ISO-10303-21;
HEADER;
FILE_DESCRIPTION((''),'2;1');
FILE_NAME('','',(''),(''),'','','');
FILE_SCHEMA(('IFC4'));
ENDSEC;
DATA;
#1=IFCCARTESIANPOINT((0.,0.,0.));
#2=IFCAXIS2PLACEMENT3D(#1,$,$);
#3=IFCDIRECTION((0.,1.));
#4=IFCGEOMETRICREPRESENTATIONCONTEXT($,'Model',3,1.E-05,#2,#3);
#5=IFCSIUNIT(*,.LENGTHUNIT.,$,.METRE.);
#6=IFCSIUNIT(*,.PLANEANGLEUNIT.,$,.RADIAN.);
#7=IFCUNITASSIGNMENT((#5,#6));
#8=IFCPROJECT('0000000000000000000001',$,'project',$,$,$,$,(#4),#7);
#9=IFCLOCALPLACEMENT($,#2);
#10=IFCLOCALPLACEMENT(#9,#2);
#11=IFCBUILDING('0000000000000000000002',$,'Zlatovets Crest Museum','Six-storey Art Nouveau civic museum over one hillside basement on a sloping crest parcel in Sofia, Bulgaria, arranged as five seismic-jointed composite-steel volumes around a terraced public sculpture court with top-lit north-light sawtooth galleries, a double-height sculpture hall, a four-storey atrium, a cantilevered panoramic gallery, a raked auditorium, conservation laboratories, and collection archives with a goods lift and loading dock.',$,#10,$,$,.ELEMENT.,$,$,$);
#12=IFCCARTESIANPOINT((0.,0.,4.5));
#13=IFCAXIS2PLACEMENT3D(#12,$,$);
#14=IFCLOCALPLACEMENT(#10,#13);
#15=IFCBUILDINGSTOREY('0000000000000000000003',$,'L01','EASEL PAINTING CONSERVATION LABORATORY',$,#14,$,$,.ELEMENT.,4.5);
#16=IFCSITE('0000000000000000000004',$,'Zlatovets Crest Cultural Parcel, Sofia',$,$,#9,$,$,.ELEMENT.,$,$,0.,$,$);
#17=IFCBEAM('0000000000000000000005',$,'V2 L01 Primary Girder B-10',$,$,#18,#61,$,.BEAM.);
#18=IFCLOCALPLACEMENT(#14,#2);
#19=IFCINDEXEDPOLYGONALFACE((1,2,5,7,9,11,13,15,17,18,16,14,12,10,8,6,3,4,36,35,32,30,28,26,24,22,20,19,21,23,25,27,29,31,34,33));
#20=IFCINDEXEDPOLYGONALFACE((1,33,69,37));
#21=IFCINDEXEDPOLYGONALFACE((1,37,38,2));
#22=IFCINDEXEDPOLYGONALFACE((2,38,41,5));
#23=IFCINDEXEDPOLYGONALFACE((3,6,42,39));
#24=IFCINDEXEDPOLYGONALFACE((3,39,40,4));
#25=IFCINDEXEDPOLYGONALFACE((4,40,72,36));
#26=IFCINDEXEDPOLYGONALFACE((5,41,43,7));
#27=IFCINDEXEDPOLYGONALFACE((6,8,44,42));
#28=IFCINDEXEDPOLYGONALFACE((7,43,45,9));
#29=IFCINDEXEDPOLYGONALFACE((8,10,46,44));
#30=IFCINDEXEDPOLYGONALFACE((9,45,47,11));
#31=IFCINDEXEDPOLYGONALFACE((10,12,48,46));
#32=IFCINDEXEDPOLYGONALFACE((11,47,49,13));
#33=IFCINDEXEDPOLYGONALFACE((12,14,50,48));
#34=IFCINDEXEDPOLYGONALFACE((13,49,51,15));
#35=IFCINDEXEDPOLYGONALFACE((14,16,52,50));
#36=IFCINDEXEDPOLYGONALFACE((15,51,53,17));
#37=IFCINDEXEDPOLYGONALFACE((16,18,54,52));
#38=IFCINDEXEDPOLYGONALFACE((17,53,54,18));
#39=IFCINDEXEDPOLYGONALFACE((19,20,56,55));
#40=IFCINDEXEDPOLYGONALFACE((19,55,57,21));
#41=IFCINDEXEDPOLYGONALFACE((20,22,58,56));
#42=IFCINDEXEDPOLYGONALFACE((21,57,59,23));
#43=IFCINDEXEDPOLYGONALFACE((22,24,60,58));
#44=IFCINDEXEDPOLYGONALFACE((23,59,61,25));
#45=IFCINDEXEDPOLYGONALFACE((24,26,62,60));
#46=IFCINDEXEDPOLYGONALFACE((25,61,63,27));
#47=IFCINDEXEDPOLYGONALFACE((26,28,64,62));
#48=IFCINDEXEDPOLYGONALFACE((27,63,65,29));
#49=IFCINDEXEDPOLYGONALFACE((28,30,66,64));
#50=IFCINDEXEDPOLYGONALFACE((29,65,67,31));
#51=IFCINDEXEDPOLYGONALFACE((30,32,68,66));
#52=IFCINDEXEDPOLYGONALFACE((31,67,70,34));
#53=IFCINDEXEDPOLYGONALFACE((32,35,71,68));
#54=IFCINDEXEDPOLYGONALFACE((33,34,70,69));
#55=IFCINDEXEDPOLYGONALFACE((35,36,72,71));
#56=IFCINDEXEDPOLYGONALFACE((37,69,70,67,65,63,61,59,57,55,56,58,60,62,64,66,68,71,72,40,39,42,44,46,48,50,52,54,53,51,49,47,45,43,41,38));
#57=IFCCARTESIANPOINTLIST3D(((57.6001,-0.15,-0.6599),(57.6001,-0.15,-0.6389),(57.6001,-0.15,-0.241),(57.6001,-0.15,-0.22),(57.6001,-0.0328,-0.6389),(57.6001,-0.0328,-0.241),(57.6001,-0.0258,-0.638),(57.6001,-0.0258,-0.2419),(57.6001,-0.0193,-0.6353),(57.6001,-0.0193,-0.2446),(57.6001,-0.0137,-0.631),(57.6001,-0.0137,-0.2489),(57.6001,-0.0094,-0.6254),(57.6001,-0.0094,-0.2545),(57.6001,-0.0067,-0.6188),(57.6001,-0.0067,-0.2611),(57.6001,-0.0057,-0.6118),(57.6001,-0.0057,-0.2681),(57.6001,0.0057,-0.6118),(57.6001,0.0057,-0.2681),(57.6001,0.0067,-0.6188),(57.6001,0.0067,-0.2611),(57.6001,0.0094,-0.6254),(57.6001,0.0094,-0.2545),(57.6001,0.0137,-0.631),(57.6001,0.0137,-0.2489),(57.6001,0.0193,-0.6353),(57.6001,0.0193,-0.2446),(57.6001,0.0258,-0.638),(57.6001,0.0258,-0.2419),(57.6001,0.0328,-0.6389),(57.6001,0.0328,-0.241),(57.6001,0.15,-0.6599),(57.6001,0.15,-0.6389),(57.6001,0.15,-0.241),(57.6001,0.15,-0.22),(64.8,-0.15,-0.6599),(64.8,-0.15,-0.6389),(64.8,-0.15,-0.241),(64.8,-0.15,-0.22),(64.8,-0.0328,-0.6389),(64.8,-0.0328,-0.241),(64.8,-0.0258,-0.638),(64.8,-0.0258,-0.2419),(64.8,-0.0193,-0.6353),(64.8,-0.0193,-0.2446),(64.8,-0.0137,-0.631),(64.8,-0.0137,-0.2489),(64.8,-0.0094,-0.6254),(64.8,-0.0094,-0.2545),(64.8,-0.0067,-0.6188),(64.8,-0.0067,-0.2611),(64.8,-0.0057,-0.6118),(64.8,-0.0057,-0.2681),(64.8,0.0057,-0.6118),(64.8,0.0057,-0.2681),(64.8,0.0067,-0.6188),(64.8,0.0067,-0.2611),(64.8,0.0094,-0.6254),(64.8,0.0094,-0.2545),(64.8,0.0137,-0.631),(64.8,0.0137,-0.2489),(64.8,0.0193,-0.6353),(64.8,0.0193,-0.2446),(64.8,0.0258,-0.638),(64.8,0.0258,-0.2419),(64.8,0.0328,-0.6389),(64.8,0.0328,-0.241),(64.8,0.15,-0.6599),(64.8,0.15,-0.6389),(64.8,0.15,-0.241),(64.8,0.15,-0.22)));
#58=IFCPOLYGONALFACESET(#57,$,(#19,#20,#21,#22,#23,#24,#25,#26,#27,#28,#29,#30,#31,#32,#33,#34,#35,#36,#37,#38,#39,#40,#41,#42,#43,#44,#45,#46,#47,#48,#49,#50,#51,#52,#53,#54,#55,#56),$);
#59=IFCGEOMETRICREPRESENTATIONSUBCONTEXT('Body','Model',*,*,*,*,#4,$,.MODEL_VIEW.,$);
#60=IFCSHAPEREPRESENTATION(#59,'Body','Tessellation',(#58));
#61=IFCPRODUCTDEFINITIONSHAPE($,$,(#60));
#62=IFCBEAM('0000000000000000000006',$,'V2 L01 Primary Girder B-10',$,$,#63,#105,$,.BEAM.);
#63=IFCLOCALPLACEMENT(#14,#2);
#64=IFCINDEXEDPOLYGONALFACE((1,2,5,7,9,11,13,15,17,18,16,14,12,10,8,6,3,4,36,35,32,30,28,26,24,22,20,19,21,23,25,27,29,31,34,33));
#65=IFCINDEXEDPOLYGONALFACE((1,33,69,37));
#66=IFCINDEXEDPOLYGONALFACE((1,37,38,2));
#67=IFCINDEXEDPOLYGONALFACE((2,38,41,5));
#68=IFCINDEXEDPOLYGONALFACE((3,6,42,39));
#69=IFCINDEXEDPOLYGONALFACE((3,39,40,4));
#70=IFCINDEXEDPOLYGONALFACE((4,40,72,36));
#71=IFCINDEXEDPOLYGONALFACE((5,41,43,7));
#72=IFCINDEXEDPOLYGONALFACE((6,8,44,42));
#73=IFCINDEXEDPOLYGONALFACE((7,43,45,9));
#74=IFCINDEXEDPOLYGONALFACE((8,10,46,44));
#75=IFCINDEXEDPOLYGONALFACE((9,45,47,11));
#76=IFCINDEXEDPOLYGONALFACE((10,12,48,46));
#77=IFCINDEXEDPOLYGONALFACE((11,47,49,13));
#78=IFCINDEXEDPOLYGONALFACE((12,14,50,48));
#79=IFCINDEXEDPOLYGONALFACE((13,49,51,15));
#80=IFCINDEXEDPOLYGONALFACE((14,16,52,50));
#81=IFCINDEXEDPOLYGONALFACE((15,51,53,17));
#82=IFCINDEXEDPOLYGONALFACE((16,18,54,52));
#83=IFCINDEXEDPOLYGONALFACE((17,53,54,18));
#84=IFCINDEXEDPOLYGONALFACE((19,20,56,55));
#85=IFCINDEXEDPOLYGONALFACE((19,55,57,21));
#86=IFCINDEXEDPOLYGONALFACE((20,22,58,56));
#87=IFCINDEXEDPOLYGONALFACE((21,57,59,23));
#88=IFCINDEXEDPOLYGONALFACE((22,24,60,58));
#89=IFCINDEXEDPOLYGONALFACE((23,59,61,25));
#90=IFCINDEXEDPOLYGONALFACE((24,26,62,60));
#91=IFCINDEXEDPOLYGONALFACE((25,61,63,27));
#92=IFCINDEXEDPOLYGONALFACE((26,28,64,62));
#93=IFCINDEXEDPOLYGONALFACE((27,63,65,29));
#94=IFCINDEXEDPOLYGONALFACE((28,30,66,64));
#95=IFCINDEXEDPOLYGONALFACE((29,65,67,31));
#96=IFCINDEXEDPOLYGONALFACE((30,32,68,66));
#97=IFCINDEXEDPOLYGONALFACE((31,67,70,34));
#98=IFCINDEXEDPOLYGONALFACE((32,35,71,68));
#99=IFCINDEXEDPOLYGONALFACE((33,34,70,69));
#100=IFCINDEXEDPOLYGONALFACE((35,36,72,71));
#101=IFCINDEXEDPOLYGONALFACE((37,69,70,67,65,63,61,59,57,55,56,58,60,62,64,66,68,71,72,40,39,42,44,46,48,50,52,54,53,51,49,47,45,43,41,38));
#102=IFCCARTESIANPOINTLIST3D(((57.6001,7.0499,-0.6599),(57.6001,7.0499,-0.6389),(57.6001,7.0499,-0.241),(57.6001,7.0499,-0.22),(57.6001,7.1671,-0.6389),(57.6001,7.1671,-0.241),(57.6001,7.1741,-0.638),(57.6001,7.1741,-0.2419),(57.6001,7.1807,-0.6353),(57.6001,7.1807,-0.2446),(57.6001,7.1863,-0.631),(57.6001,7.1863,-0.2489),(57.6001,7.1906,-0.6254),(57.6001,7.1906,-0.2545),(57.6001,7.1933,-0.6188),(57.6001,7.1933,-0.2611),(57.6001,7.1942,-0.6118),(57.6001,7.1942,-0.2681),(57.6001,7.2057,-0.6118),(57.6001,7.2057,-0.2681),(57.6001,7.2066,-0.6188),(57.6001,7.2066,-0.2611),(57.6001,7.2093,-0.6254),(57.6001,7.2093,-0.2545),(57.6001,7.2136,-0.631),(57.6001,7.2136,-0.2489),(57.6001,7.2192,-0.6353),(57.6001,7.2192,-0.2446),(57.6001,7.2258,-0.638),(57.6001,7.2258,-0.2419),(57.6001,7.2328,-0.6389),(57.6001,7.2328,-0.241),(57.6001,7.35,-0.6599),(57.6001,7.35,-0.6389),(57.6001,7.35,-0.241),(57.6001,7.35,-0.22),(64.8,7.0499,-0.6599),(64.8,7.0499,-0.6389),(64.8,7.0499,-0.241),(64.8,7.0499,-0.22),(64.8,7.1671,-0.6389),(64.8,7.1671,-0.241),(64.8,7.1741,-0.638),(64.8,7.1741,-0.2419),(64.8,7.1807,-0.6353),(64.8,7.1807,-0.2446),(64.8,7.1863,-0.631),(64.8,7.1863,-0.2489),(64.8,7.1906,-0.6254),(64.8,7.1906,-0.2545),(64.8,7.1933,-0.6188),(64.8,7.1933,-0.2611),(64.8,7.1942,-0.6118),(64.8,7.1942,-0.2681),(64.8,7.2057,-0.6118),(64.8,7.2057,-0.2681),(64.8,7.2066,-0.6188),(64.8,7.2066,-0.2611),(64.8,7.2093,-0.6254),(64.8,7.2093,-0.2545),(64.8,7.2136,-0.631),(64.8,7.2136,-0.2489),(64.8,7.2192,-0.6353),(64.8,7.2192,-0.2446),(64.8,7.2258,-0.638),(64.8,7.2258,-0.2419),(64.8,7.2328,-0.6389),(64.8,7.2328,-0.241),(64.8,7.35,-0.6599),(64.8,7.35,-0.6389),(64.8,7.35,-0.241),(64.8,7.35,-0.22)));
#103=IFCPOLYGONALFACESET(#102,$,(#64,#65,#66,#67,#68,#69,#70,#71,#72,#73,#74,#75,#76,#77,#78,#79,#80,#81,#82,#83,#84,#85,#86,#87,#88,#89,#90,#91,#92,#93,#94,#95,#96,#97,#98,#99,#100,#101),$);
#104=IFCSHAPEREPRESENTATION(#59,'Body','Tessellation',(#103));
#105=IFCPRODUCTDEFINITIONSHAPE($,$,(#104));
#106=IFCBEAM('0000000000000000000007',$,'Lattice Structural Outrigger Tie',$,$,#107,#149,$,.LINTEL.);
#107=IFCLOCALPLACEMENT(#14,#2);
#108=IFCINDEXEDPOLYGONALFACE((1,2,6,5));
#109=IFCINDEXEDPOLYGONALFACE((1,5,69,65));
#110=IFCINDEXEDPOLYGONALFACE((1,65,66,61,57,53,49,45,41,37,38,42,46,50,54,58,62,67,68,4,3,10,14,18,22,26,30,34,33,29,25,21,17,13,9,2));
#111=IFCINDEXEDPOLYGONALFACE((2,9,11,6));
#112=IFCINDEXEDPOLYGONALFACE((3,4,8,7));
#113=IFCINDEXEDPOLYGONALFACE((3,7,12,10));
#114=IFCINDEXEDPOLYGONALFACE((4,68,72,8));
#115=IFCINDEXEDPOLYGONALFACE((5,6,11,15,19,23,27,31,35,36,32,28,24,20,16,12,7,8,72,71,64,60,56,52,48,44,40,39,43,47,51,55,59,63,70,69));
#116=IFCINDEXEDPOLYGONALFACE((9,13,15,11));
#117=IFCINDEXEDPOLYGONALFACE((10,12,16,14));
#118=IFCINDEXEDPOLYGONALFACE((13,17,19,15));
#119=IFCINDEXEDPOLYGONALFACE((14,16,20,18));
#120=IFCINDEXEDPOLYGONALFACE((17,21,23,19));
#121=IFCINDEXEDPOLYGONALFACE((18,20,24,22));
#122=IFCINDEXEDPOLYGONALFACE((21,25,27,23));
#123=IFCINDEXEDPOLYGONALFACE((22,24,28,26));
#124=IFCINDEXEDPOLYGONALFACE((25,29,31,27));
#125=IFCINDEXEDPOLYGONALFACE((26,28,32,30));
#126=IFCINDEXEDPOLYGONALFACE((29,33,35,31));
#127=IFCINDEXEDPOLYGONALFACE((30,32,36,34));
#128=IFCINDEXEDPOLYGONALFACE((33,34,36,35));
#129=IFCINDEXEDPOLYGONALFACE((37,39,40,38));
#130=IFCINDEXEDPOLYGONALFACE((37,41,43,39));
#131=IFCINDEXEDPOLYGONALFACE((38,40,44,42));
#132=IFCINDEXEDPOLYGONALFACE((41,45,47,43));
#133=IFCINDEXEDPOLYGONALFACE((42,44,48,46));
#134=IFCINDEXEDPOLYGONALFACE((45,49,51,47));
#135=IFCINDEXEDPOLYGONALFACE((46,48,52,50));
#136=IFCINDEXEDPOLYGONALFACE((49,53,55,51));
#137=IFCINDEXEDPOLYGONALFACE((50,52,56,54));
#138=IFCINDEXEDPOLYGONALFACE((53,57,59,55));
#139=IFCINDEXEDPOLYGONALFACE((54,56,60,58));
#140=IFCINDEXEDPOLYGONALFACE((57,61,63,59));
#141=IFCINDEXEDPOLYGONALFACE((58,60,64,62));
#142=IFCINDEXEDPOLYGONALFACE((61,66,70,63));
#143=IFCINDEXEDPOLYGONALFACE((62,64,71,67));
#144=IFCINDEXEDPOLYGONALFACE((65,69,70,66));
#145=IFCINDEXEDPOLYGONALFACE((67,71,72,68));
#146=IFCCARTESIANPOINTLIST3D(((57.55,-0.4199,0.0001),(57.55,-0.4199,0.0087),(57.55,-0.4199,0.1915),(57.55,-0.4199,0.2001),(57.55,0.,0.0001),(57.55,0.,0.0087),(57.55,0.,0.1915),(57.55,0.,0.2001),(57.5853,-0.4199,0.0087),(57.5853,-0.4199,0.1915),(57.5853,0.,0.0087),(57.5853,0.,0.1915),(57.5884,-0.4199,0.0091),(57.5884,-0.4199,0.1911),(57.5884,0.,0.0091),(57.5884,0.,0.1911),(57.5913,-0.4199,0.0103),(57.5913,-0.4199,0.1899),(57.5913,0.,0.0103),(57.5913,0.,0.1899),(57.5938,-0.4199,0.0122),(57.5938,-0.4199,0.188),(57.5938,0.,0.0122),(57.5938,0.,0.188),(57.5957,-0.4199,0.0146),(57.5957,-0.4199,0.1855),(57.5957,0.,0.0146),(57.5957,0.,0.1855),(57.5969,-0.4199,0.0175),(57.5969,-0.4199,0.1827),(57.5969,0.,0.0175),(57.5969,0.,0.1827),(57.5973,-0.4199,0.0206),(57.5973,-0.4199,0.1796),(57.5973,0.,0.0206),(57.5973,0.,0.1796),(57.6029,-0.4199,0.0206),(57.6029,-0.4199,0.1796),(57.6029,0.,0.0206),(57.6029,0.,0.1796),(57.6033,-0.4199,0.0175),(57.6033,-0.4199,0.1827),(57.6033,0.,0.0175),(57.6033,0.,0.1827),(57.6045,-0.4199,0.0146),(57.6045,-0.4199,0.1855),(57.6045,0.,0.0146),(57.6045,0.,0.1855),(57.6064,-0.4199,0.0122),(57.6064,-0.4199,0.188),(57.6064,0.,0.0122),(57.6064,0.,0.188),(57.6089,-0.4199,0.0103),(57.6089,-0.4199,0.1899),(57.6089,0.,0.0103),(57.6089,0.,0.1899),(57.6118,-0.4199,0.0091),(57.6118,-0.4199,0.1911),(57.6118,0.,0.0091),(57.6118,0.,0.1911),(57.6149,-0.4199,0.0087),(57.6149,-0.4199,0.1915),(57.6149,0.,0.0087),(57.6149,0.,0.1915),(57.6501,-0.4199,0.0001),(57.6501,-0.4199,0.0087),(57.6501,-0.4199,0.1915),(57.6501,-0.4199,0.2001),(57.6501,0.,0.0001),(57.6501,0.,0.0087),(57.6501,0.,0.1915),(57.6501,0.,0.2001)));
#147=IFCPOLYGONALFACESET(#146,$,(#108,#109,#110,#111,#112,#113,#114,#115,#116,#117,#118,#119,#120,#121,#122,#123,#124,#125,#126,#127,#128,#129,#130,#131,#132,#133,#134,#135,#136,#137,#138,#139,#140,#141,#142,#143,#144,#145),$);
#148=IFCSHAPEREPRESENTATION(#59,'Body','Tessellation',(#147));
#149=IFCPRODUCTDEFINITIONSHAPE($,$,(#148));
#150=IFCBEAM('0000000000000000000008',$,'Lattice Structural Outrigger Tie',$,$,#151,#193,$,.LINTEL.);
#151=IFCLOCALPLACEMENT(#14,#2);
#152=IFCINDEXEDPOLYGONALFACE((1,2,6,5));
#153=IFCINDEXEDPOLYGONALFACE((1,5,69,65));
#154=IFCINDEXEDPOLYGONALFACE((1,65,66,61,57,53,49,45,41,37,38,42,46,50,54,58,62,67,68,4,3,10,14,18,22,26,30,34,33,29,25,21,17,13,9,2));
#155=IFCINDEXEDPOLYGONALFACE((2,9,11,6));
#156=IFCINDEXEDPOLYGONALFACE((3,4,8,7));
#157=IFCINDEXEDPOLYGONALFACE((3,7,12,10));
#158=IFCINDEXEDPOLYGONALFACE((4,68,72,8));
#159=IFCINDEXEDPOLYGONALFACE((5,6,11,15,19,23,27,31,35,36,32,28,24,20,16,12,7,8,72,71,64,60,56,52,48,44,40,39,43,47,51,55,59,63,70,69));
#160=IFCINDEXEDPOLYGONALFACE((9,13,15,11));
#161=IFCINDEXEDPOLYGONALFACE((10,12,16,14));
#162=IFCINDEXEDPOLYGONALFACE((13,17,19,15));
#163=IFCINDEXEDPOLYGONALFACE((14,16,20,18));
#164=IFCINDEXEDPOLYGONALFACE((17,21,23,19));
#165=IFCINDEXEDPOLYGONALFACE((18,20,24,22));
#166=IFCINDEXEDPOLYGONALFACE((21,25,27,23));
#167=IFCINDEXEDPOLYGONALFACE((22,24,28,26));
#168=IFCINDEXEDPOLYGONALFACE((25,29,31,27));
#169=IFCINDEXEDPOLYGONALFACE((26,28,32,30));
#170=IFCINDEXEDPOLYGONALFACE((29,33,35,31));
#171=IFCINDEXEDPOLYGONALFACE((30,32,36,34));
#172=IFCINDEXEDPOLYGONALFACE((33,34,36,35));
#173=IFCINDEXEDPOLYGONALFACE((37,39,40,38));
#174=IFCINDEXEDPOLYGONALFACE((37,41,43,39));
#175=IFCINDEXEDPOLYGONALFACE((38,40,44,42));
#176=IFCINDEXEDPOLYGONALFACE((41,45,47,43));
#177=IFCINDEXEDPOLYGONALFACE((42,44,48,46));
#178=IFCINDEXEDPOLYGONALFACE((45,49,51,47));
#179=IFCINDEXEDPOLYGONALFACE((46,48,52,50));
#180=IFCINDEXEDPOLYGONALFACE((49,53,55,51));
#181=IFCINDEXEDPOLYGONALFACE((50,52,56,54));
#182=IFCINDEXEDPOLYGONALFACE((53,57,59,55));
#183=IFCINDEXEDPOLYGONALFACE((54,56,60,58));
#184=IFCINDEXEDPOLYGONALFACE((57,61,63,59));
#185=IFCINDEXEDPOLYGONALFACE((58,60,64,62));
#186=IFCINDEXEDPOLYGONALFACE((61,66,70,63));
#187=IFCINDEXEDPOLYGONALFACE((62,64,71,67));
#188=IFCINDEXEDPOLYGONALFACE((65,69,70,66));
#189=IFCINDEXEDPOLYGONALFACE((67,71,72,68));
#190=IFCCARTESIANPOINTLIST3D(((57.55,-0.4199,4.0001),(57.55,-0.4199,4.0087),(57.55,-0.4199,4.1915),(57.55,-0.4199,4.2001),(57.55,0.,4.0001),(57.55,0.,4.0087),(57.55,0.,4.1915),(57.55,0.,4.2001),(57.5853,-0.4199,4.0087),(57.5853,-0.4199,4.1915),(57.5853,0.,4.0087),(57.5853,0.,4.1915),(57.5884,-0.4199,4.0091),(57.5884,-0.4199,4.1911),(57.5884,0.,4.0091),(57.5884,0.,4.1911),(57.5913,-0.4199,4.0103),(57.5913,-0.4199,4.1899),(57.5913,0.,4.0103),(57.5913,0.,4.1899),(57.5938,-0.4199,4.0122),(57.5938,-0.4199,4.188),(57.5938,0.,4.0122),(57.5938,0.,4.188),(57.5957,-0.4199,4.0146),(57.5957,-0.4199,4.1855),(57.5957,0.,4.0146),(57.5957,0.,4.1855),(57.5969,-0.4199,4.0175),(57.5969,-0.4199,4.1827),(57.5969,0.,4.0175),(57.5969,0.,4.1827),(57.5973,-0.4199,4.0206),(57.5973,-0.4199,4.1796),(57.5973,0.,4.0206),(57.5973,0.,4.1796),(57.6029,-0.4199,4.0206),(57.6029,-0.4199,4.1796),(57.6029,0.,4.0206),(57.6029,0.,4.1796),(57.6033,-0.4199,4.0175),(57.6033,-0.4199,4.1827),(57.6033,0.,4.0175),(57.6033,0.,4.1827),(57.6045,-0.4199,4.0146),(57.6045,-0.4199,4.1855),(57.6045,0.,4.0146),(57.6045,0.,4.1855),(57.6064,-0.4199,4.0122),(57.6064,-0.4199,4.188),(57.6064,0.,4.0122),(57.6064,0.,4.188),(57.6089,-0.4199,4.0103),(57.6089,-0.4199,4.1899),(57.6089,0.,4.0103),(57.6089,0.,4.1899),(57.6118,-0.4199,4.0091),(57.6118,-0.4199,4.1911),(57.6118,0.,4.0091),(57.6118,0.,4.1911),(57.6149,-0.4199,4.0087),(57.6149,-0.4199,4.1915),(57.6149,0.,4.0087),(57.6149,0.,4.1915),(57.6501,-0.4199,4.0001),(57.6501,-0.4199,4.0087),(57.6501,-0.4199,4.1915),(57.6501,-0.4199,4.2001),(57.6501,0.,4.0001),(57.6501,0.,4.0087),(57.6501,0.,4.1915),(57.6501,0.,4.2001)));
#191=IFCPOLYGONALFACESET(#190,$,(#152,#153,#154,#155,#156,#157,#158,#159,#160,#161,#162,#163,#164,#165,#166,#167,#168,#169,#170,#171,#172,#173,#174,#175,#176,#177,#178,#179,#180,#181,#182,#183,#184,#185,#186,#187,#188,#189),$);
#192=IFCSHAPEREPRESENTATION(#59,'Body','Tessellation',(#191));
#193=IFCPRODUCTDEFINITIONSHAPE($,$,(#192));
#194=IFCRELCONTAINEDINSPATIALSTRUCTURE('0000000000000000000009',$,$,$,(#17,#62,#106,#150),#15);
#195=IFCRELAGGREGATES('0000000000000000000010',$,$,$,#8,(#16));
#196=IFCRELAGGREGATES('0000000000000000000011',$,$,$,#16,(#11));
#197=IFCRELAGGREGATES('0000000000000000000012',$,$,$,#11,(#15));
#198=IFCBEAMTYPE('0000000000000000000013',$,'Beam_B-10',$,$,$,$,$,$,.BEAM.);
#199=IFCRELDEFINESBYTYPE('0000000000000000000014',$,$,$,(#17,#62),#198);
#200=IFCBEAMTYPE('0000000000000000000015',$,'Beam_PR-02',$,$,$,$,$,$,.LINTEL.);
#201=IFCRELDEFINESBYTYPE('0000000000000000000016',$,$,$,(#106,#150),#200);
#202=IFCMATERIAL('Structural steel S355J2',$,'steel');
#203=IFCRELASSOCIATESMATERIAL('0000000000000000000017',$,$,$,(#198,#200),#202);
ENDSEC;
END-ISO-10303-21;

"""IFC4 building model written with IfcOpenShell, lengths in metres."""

from ifc_helpers import new_model, si_unit, direction, frame, origin, origin_2d, place, context, subcontext, project, spatial, i_section, extrude, material, material_profile, profile_set, type_object, element, save


model = new_model("IFC4")

# Units and contexts
model_context = context("Model", 3, precision=1e-05, world=origin(), true_north=direction((0.0, 1.0)))
body_context = subcontext(model_context, "Body", "Model", "MODEL_VIEW")
ifc_project = project(units=[si_unit("LENGTHUNIT", "METRE"), si_unit("PLANEANGLEUNIT", "RADIAN")], contexts=[model_context])

# Site, building, storey
site_placement = place(None, origin())
site = spatial("IfcSite", under=ifc_project, at=site_placement, Name="Zlatovets Crest Cultural Parcel, Sofia", CompositionType="ELEMENT", RefElevation=0.0)
building_placement = place(site_placement, origin())
building = spatial("IfcBuilding", under=site, at=building_placement, Name="Zlatovets Crest Museum", Description="Six-storey Art Nouveau civic museum over one hillside basement on a sloping crest parcel in Sofia, Bulgaria, arranged as five seismic-jointed composite-steel volumes around a terraced public sculpture court with top-lit north-light sawtooth galleries, a double-height sculpture hall, a four-storey atrium, a cantilevered panoramic gallery, a raked auditorium, conservation laboratories, and collection archives with a goods lift and loading dock.", CompositionType="ELEMENT")
storey_placement = place(building_placement, frame((0.0, 0.0, 4.5)))
storey = spatial("IfcBuildingStorey", under=building, at=storey_placement, Name="L01", Description="EASEL PAINTING CONSERVATION LABORATORY", CompositionType="ELEMENT", Elevation=4.5)

# Shared definitions
ifc_material_1 = material(Name="Structural steel S355J2", Category="steel")

# Beams
ifc_material_profile_1 = material_profile(ifc_material_1, i_section(OverallWidth=0.3, OverallDepth=0.4399, WebThickness=0.0115, FlangeThickness=0.021, FilletRadius=0.0271, at=origin_2d()), Name="HEA 450")
ifc_profile_set_1 = profile_set([ifc_material_profile_1], Name="Structural steel S355J2")
beam_type_1 = type_object("IfcBeamType", Name="Beam_B-10", PredefinedType="BEAM", material=ifc_profile_set_1)
for number, where, z_axis, x_axis, name in (
    (1, (57.6001, 0.0, -0.4399), (1.0, 0.0, 0.0), (0.0, 1.0, 0.0), "V2 L01 Primary Girder B-10"),
    (2, (57.6001, 7.2, -0.4399), (1.0, 0.0, 0.0), (0.0, 1.0, 0.0), "V2 L01 Primary Girder B-10"),
):
    element("IfcBeam", number, at=place(storey_placement, frame(where, z_axis=z_axis, x_axis=x_axis)), inside=storey, type_object=beam_type_1, Name=name, PredefinedType="BEAM", context=body_context, shape_type="SweptSolid", body=[
        extrude(i_section(OverallWidth=0.3, OverallDepth=0.4399, WebThickness=0.0115, FlangeThickness=0.021, FilletRadius=0.0271, at=origin_2d()), origin(), (0.0, 0.0, 1.0), 7.2),
    ])
ifc_material_profile_2 = material_profile(ifc_material_1, i_section(OverallWidth=0.1001, OverallDepth=0.2, WebThickness=0.0056, FlangeThickness=0.0085, FilletRadius=0.012, at=origin_2d()), Name="IPE 200")
ifc_profile_set_2 = profile_set([ifc_material_profile_2], Name="Structural steel S355J2")
beam_type_2 = type_object("IfcBeamType", Name="Beam_PR-02", PredefinedType="LINTEL", material=ifc_profile_set_2)
for number, where, z_axis, x_axis, name in (
    (3, (57.6001, 0.0, 0.1001), (0.0, -1.0, 0.0), (1.0, 0.0, 0.0), "Lattice Structural Outrigger Tie"),
    (4, (57.6001, 0.0, 4.1001), (0.0, -1.0, 0.0), (1.0, 0.0, 0.0), "Lattice Structural Outrigger Tie"),
):
    element("IfcBeam", number, at=place(storey_placement, frame(where, z_axis=z_axis, x_axis=x_axis)), inside=storey, type_object=beam_type_2, Name=name, PredefinedType="LINTEL", context=body_context, shape_type="SweptSolid", body=[
        extrude(i_section(OverallWidth=0.1001, OverallDepth=0.2, WebThickness=0.0056, FlangeThickness=0.0085, FilletRadius=0.012, at=origin_2d()), origin(), (0.0, 0.0, 1.0), 0.4199),
    ])

save(model, "model.ifc")
